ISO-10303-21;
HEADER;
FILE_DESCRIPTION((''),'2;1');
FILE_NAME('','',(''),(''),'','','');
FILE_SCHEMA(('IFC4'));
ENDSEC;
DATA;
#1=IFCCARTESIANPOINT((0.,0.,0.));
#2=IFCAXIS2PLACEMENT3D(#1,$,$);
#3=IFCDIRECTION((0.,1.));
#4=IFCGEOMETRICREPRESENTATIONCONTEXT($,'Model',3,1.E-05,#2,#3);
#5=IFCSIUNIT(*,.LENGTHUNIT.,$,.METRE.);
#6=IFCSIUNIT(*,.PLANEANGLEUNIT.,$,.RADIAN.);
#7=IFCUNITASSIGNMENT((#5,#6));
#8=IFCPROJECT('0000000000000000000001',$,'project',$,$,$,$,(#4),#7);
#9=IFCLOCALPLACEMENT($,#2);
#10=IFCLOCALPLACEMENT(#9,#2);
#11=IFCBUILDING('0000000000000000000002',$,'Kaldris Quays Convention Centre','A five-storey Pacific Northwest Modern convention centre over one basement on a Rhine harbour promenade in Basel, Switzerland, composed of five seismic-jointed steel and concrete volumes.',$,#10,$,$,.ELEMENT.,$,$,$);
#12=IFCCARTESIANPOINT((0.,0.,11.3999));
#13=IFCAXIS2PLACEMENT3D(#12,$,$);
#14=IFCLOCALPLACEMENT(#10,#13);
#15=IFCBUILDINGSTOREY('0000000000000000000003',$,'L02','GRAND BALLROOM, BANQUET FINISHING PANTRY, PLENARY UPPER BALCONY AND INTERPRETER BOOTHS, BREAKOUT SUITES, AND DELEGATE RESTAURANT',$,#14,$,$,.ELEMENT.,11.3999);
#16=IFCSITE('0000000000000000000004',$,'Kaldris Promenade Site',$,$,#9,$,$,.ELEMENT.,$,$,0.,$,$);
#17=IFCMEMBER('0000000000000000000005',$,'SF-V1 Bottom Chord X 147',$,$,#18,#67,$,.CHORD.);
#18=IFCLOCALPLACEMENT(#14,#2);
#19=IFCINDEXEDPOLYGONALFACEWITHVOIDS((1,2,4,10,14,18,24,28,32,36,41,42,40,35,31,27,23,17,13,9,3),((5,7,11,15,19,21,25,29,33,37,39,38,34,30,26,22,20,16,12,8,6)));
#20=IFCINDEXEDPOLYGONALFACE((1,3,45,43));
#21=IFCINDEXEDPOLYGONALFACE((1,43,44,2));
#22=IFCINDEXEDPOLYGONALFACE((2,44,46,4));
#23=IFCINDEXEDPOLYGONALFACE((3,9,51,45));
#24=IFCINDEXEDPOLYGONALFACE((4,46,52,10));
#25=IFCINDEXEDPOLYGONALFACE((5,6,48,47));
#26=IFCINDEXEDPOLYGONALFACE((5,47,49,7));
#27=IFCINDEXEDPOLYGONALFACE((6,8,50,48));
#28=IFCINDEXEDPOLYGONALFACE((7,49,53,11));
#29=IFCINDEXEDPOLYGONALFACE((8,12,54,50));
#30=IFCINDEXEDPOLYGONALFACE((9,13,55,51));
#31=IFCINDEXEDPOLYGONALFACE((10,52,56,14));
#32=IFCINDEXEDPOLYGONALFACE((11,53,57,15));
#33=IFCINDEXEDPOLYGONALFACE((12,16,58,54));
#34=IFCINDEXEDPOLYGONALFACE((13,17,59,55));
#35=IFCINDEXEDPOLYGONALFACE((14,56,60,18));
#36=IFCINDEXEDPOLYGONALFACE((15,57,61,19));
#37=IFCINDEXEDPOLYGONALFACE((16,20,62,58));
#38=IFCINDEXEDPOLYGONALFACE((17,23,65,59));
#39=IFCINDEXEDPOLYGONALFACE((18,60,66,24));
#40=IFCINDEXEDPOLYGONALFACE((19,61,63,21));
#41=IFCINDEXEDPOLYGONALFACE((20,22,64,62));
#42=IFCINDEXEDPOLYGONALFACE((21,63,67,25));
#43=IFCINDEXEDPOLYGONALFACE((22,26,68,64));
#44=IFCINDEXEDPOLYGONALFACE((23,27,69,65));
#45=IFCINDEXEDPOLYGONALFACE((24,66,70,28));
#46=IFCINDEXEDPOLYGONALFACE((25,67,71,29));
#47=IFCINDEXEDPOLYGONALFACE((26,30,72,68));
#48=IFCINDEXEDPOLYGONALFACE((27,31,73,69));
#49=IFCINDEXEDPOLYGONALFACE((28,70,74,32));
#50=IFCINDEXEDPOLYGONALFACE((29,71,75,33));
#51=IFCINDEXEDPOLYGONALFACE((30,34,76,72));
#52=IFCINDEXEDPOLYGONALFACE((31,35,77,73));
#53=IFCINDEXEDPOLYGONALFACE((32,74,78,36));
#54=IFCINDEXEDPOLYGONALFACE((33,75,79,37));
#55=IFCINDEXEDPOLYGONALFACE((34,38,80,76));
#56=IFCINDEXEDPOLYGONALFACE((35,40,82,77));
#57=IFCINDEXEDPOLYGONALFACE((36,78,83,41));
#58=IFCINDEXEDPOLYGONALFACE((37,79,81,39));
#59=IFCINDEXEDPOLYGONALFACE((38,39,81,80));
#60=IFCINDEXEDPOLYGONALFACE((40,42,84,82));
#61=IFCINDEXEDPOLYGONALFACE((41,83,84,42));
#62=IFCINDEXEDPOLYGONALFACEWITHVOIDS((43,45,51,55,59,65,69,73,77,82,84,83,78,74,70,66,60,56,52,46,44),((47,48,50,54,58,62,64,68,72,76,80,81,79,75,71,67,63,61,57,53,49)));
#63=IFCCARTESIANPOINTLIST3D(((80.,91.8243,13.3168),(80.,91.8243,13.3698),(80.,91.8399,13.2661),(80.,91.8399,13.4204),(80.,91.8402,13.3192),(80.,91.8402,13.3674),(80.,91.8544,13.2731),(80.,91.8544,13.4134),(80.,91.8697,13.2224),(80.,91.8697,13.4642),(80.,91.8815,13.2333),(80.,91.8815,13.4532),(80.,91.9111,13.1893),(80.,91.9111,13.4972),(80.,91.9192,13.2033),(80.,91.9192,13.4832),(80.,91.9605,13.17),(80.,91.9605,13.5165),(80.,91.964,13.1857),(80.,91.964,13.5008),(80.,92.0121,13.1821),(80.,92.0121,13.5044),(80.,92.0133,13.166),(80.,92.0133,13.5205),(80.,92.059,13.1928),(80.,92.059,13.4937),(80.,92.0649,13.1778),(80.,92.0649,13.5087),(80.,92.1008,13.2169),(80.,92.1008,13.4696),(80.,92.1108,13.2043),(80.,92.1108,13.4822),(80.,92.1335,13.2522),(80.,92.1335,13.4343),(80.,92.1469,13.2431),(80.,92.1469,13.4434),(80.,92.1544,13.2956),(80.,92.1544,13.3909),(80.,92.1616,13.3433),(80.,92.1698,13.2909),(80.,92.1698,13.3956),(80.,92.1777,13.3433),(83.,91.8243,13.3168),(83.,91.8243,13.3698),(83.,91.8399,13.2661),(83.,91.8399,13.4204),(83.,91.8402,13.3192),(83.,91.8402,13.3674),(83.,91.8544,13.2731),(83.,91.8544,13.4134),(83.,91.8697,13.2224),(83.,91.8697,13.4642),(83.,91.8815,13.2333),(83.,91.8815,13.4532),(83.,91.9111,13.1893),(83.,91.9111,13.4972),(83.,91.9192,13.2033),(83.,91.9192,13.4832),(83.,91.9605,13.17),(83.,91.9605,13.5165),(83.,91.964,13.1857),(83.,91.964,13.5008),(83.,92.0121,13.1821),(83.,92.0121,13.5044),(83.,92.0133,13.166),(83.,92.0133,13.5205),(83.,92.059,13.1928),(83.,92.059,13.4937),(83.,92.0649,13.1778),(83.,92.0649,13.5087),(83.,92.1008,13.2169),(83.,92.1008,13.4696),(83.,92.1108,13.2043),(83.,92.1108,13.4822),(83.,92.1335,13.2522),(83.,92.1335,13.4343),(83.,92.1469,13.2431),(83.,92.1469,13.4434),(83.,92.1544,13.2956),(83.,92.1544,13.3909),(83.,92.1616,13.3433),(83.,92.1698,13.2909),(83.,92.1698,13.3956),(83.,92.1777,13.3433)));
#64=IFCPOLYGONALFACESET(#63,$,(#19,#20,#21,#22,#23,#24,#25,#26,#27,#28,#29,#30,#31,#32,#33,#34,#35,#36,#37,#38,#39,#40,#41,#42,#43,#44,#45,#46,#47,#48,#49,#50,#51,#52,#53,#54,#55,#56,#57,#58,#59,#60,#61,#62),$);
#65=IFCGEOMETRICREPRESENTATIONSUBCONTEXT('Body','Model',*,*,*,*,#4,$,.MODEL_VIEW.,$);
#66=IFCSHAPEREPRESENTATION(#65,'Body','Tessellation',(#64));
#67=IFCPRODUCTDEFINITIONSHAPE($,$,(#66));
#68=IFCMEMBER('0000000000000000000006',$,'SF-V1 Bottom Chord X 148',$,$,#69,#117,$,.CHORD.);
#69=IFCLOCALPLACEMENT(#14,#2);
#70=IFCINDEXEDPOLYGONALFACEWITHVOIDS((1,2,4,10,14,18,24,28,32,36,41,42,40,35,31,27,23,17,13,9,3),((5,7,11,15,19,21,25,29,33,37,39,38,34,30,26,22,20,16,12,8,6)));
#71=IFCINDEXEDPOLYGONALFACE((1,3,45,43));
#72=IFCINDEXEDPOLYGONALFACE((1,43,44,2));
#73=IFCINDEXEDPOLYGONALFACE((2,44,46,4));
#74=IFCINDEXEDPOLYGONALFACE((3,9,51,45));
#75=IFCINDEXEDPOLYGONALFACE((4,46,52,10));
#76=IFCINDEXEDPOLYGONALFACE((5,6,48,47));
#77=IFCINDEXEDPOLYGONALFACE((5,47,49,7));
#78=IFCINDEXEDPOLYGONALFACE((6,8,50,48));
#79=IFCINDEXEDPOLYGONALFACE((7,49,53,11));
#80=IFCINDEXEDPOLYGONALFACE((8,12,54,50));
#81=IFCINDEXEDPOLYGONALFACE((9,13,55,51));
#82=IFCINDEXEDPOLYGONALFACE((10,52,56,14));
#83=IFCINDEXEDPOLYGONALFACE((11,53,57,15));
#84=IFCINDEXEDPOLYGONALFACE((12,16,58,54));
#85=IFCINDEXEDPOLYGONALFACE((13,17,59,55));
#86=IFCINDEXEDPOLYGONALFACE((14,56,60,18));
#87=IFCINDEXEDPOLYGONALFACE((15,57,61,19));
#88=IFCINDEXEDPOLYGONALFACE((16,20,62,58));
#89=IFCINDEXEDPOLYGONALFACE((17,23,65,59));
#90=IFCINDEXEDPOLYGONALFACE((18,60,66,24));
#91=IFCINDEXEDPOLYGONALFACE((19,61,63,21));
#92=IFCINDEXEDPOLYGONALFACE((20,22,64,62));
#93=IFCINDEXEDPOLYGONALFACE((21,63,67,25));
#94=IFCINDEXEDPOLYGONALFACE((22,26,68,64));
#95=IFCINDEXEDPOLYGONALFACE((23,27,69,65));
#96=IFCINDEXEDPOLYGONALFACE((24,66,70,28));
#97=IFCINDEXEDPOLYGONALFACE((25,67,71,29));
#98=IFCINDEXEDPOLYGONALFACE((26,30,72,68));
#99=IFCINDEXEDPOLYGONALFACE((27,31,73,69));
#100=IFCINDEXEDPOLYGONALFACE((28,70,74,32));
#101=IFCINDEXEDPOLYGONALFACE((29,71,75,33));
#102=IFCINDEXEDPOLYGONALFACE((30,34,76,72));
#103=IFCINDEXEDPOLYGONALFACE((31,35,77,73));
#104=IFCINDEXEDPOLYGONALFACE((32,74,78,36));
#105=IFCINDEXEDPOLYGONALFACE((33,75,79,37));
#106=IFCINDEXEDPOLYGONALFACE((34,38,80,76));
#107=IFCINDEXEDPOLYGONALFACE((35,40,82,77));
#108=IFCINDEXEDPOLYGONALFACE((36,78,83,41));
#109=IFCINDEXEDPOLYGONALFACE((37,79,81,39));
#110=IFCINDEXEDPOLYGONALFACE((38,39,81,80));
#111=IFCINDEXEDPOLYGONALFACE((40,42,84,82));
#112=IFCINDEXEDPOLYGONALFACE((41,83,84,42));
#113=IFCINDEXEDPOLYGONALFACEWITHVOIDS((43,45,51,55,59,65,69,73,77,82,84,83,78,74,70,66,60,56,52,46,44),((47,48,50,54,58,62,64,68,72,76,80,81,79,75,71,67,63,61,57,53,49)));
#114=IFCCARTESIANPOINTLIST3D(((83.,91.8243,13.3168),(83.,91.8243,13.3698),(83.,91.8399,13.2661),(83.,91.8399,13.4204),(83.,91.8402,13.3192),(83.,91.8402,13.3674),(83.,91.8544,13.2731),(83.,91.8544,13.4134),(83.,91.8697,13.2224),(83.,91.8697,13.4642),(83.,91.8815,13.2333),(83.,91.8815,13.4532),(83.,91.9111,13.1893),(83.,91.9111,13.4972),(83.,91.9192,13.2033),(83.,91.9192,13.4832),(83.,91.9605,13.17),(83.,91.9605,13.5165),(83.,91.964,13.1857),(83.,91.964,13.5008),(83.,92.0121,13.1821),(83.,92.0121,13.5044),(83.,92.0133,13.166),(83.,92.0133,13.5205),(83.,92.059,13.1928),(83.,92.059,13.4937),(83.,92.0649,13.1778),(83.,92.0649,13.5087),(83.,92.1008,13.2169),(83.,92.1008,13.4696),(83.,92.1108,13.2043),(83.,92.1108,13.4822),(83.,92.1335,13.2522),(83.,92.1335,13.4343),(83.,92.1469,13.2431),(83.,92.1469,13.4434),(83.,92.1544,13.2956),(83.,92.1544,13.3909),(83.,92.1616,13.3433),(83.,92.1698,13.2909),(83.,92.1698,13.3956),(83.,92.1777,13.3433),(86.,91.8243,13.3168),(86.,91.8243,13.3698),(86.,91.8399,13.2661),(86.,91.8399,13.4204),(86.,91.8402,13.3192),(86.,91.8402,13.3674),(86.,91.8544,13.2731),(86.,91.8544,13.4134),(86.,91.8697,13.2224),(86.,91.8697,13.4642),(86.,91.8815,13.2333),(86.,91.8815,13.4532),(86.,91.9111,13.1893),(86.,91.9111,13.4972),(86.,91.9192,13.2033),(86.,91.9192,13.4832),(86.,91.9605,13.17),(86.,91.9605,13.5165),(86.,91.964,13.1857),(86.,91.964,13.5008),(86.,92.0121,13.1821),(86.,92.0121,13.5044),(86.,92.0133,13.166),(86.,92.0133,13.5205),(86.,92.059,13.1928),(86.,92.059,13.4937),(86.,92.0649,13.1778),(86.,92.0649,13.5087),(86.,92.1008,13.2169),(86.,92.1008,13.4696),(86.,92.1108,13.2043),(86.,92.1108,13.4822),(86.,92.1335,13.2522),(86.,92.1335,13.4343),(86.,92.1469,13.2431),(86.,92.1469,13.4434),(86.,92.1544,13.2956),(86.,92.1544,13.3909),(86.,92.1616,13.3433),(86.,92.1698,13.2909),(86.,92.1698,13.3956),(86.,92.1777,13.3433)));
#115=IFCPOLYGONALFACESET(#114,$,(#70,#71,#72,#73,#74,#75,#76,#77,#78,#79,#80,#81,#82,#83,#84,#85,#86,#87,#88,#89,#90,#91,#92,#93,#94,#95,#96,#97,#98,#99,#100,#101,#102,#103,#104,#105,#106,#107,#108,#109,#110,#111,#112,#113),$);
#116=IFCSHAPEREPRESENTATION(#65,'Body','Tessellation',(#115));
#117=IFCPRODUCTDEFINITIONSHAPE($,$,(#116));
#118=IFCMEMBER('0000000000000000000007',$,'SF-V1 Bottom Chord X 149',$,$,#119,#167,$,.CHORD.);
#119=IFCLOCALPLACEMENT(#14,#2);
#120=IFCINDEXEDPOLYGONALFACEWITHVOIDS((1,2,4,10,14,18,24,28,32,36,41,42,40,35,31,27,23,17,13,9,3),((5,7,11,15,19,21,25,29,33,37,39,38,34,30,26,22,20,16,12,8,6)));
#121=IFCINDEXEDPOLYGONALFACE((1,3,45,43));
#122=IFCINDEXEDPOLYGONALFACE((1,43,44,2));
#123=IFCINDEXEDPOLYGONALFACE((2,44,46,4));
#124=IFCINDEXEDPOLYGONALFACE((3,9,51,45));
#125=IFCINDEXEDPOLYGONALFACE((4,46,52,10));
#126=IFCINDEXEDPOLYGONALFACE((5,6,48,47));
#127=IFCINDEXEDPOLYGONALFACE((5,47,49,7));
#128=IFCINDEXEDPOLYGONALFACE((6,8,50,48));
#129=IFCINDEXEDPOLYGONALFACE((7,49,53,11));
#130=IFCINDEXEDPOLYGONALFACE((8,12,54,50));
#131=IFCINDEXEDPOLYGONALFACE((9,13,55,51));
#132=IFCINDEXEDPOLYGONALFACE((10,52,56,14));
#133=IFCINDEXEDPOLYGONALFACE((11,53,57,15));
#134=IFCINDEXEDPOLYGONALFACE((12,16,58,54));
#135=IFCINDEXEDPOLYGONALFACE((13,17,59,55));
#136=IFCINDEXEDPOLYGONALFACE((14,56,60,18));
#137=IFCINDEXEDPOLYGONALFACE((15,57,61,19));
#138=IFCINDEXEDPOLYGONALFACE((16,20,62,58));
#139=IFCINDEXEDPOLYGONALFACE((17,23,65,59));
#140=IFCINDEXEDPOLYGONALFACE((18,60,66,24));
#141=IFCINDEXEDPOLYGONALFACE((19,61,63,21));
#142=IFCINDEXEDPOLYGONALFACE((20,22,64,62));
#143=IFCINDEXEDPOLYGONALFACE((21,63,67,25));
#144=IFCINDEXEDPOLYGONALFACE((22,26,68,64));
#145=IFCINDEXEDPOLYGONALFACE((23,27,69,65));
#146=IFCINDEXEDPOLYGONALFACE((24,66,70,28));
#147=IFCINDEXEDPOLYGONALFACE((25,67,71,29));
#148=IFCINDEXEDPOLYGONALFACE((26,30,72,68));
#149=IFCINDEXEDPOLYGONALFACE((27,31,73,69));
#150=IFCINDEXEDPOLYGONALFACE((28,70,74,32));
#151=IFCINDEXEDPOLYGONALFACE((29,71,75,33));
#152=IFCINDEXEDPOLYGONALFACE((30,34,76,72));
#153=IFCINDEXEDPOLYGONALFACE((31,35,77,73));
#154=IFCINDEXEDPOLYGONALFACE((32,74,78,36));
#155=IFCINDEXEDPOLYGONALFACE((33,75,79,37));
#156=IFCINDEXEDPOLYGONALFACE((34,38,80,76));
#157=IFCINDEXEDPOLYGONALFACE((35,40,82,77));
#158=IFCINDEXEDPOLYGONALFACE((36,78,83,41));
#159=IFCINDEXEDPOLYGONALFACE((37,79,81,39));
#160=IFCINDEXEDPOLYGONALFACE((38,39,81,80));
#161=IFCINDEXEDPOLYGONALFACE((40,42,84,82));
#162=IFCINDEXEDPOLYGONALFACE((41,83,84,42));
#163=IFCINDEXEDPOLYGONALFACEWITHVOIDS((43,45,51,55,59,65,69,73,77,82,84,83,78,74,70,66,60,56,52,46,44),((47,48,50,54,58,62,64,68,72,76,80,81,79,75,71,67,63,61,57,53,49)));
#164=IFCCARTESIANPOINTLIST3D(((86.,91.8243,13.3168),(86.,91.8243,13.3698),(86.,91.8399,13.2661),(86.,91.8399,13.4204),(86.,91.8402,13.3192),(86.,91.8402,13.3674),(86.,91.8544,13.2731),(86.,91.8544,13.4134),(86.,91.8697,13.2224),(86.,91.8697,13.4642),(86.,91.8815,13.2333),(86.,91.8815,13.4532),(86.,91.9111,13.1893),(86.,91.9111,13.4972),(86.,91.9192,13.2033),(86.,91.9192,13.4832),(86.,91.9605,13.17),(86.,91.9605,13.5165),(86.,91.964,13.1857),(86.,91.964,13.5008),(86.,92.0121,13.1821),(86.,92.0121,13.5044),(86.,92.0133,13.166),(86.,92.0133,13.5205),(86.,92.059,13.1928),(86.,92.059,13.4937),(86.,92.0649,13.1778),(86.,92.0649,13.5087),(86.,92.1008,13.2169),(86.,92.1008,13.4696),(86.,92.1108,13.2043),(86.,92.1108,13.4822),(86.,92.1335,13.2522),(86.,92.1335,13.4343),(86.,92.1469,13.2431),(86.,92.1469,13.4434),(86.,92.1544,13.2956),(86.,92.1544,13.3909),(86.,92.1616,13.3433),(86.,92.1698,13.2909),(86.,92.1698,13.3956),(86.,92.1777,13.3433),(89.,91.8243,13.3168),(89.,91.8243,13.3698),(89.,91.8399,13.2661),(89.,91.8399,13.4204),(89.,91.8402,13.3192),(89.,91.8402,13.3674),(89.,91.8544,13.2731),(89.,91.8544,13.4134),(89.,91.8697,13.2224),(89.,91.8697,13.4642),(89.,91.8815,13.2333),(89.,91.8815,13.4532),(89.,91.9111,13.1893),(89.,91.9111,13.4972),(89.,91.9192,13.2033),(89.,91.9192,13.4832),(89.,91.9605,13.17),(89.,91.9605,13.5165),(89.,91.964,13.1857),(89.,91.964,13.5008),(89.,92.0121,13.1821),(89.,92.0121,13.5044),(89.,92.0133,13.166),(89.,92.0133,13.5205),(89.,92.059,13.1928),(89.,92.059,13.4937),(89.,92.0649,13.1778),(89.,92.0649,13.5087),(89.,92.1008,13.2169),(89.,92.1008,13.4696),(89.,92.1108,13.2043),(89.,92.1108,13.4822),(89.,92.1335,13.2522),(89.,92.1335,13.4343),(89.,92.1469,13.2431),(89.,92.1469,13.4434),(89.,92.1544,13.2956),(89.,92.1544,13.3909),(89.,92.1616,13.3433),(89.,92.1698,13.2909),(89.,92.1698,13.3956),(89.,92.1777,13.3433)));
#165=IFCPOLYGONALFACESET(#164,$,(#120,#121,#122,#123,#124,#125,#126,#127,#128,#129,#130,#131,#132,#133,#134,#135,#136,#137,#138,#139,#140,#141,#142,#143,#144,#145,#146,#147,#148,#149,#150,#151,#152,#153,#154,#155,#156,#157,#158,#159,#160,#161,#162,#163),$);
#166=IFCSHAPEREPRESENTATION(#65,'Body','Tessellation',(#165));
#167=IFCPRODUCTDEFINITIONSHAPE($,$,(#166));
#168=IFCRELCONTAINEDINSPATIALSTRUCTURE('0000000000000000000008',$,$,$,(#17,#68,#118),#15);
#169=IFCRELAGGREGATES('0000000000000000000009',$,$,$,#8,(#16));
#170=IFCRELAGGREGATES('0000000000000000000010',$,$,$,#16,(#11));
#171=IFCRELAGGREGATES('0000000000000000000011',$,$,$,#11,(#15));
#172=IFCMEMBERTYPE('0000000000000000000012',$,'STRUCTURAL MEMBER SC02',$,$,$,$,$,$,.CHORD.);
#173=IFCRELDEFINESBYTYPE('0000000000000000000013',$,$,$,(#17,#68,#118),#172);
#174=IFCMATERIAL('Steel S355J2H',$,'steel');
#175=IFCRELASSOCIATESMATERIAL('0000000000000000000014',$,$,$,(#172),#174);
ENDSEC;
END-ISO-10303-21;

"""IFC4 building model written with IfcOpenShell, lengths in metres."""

from ifc_helpers import new_model, si_unit, direction, frame, origin, origin_2d, place, context, subcontext, project, spatial, hollow_circle, extrude, material, material_profile, profile_set, type_object, element, save


model = new_model("IFC4")

# Units and contexts
model_context = context("Model", 3, precision=1e-05, world=origin(), true_north=direction((0.0, 1.0)))
body_context = subcontext(model_context, "Body", "Model", "MODEL_VIEW")
ifc_project = project(units=[si_unit("LENGTHUNIT", "METRE"), si_unit("PLANEANGLEUNIT", "RADIAN")], contexts=[model_context])

# Site, building, storey
site_placement = place(None, origin())
site = spatial("IfcSite", under=ifc_project, at=site_placement, Name="Kaldris Promenade Site", CompositionType="ELEMENT", RefElevation=0.0)
building_placement = place(site_placement, origin())
building = spatial("IfcBuilding", under=site, at=building_placement, Name="Kaldris Quays Convention Centre", Description="A five-storey Pacific Northwest Modern convention centre over one basement on a Rhine harbour promenade in Basel, Switzerland, composed of five seismic-jointed steel and concrete volumes.", CompositionType="ELEMENT")
storey_placement = place(building_placement, frame((0.0, 0.0, 11.3999)))
storey = spatial("IfcBuildingStorey", under=building, at=storey_placement, Name="L02", Description="GRAND BALLROOM, BANQUET FINISHING PANTRY, PLENARY UPPER BALCONY AND INTERPRETER BOOTHS, BREAKOUT SUITES, AND DELEGATE RESTAURANT", CompositionType="ELEMENT", Elevation=11.3999)

# Members
ifc_material_1 = material(Name="Steel S355J2H", Category="steel")
ifc_material_profile_1 = material_profile(ifc_material_1, hollow_circle(Radius=0.1777, WallThickness=0.0161, at=origin_2d()), Name="CHS 355.6x16")
ifc_profile_set_1 = profile_set([ifc_material_profile_1], Name="Steel S355J2H")
member_type_1 = type_object("IfcMemberType", Name="STRUCTURAL MEMBER SC02", PredefinedType="CHORD", material=ifc_profile_set_1)
for number, where, z_axis, x_axis, name in (
    (1, (80.0, 92.0, 13.3433), (1.0, 0.0, 0.0), (0.0, 1.0, 0.0), "SF-V1 Bottom Chord X 147"),
    (2, (83.0, 92.0, 13.3433), (1.0, 0.0, 0.0), (0.0, 1.0, 0.0), "SF-V1 Bottom Chord X 148"),
    (3, (86.0, 92.0, 13.3433), (1.0, 0.0, 0.0), (0.0, 1.0, 0.0), "SF-V1 Bottom Chord X 149"),
):
    element("IfcMember", number, at=place(storey_placement, frame(where, z_axis=z_axis, x_axis=x_axis)), inside=storey, type_object=member_type_1, Name=name, PredefinedType="CHORD", context=body_context, shape_type="SweptSolid", body=[
        extrude(hollow_circle(Radius=0.1777, WallThickness=0.0161, at=origin_2d()), origin(), (0.0, 0.0, 1.0), 3.0),
    ])

save(model, "model.ifc")
